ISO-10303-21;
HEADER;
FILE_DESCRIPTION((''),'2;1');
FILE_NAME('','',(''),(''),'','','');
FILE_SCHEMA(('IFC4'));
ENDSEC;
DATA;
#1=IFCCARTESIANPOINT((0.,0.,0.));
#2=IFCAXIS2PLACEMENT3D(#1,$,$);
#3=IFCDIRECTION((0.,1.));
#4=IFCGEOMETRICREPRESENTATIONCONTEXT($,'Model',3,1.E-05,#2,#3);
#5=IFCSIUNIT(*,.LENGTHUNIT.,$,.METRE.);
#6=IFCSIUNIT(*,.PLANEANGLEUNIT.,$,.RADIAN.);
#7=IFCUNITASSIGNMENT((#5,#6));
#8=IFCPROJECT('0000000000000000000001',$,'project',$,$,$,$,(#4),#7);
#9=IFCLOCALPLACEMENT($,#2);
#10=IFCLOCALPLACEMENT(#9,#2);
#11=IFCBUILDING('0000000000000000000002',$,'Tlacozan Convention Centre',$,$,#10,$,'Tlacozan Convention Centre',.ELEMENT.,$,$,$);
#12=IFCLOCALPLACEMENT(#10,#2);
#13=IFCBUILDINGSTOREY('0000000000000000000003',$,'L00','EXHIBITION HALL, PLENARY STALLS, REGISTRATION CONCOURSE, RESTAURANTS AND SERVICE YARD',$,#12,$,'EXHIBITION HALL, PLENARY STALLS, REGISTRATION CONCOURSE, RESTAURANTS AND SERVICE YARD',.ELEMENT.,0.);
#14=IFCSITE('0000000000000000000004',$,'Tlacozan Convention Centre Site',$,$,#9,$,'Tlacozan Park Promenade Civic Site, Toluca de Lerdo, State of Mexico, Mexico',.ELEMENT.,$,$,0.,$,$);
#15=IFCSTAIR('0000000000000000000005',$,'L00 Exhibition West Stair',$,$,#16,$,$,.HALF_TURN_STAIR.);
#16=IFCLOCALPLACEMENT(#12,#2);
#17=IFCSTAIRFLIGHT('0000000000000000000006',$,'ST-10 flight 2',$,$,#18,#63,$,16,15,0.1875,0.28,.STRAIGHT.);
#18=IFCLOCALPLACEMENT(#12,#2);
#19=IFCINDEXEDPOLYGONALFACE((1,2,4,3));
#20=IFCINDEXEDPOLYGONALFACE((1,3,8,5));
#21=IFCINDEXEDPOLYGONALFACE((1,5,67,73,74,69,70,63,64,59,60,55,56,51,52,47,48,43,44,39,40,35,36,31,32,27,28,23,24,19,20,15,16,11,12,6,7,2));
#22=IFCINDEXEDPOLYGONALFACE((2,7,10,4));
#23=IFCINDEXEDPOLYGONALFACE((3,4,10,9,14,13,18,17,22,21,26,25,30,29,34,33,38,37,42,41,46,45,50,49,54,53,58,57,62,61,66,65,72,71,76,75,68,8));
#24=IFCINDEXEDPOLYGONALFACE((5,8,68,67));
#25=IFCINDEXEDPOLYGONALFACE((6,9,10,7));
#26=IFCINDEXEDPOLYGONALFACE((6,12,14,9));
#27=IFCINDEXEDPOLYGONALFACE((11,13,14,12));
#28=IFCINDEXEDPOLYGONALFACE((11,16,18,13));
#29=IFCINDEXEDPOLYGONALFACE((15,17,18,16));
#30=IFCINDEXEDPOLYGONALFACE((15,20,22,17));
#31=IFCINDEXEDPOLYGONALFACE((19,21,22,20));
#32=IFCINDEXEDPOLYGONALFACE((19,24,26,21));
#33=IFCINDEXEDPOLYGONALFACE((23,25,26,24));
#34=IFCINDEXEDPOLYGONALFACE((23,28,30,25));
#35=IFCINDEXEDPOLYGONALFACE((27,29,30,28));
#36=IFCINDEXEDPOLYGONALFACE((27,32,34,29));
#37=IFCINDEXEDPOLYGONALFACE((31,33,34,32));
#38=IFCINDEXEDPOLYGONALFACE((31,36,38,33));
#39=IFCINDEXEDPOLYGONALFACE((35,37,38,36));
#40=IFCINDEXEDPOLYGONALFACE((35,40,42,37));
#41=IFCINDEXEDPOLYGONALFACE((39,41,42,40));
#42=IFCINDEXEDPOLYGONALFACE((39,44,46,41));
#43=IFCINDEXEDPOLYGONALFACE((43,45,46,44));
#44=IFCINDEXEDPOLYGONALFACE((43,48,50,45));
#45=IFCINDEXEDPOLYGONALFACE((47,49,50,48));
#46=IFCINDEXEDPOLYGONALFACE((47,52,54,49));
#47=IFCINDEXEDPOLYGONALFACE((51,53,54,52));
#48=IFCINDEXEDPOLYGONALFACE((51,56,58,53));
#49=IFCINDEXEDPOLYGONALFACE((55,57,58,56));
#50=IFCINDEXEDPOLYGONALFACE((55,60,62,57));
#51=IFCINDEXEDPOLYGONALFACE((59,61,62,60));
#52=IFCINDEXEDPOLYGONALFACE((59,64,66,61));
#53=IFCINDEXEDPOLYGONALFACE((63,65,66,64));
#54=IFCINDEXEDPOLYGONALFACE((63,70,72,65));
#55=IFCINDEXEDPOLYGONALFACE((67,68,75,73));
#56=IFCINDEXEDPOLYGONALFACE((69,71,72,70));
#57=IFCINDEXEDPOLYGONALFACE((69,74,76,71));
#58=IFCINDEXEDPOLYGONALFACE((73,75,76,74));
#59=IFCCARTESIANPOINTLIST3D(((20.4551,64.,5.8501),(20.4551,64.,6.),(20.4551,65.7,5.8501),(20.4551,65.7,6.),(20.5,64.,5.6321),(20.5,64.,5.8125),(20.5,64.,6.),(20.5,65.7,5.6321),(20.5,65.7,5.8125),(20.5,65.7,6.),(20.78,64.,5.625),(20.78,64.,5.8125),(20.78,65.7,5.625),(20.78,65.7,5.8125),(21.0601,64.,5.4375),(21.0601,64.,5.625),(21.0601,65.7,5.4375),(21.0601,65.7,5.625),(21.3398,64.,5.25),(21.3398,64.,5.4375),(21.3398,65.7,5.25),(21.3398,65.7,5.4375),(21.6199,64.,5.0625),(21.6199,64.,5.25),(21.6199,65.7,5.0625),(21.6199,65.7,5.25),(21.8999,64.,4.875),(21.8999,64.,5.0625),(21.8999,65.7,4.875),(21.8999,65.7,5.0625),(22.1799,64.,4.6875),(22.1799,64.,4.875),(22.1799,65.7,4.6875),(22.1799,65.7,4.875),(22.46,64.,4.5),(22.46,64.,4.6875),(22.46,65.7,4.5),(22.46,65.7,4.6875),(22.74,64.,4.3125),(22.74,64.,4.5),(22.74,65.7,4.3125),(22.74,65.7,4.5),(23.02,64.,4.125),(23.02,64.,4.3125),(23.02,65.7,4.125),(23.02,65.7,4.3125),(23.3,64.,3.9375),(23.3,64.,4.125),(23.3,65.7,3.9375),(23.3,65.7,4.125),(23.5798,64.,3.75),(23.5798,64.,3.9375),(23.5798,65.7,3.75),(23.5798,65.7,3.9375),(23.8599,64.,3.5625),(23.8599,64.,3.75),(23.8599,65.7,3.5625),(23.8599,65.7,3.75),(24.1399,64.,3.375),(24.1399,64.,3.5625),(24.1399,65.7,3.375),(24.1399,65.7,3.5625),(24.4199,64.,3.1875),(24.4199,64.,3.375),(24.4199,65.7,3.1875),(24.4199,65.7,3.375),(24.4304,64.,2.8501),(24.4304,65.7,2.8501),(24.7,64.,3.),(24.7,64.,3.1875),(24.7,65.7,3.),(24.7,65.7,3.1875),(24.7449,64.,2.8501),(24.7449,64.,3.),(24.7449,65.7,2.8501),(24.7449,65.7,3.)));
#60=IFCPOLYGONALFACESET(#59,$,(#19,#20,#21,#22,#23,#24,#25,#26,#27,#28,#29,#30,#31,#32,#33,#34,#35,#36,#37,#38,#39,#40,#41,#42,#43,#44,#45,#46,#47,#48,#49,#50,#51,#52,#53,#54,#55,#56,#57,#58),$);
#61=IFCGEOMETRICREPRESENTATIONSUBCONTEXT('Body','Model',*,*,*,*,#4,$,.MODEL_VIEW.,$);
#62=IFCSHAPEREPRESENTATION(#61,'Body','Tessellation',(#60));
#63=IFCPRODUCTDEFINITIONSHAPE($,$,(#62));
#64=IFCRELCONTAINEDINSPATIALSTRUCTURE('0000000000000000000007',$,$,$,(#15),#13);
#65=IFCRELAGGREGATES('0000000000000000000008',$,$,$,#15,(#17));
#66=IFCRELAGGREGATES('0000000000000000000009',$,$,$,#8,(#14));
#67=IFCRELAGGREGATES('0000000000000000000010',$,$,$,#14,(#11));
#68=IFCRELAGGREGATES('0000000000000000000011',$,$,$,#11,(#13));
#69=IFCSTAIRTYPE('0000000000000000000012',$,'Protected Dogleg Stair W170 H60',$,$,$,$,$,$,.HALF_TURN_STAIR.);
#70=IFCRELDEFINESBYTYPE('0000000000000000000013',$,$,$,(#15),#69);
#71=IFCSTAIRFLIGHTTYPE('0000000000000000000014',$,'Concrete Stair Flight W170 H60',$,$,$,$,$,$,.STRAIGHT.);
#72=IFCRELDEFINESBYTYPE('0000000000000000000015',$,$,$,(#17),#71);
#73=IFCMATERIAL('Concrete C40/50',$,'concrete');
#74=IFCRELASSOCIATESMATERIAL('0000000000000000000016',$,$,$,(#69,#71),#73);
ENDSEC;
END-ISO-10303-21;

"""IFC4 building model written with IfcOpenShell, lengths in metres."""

from ifc_helpers import new_model, si_unit, direction, frame, origin, place, context, subcontext, project, spatial, polyline, outline, extrude, material, type_object, element, aggregate, save


model = new_model("IFC4")

# Units and contexts
model_context = context("Model", 3, precision=1e-05, world=origin(), true_north=direction((0.0, 1.0)))
body_context = subcontext(model_context, "Body", "Model", "MODEL_VIEW")
ifc_project = project(units=[si_unit("LENGTHUNIT", "METRE"), si_unit("PLANEANGLEUNIT", "RADIAN")], contexts=[model_context])

# Site, building, storey
site_placement = place(None, origin())
site = spatial("IfcSite", under=ifc_project, at=site_placement, Name="Tlacozan Convention Centre Site", LongName="Tlacozan Park Promenade Civic Site, Toluca de Lerdo, State of Mexico, Mexico", CompositionType="ELEMENT", RefElevation=0.0)
building_placement = place(site_placement, origin())
building = spatial("IfcBuilding", under=site, at=building_placement, Name="Tlacozan Convention Centre", LongName="Tlacozan Convention Centre", CompositionType="ELEMENT")
storey_placement = place(building_placement, origin())
storey = spatial("IfcBuildingStorey", under=building, at=storey_placement, Name="L00", Description="EXHIBITION HALL, PLENARY STALLS, REGISTRATION CONCOURSE, RESTAURANTS AND SERVICE YARD", LongName="EXHIBITION HALL, PLENARY STALLS, REGISTRATION CONCOURSE, RESTAURANTS AND SERVICE YARD", CompositionType="ELEMENT", Elevation=0.0)

# Shared definitions
ifc_material_1 = material(Name="Concrete C40/50", Category="concrete")

# Stair, stair flight
stair_type = type_object("IfcStairType", Name="Protected Dogleg Stair W170 H60", PredefinedType="HALF_TURN_STAIR", material=ifc_material_1)
stair_placement = place(storey_placement, origin())
stair = element("IfcStair", 1, at=stair_placement, inside=storey, type_object=stair_type, Name="L00 Exhibition West Stair", PredefinedType="HALF_TURN_STAIR")
stair_flight_type = type_object("IfcStairFlightType", Name="Concrete Stair Flight W170 H60", PredefinedType="STRAIGHT", material=ifc_material_1)
stair_flight_1_placement = place(storey_placement, frame((24.7, 64.8501, 3.0), z_axis=(0.0, 0.0, 1.0), x_axis=(-1.0, 0.0, 0.0)))
stair_flight_1 = element("IfcStairFlight", 2, at=stair_flight_1_placement, type_object=stair_flight_type, Name="ST-10 flight 2", NumberOfRisers=16, NumberOfTreads=15, PredefinedType="STRAIGHT", RiserHeight=0.1875, TreadLength=0.28, context=body_context, shape_type="SweptSolid", body=[
    extrude(outline(polyline([(-0.0449, -0.1499), (-0.0449, 0.0), (0.0, 0.0), (0.0, 0.1875), (0.28, 0.1875), (0.28, 0.375), (0.5601, 0.375), (0.5601, 0.5625), (0.8401, 0.5625), (0.8401, 0.75), (1.1201, 0.75), (1.1201, 0.9375), (1.3999, 0.9375), (1.3999, 1.125), (1.6799, 1.125), (1.6799, 1.3125), (1.96, 1.3125), (1.96, 1.5), (2.24, 1.5), (2.24, 1.6875), (2.52, 1.6875), (2.52, 1.875), (2.8, 1.875), (2.8, 2.0625), (3.0801, 2.0625), (3.0801, 2.25), (3.3601, 2.25), (3.3601, 2.4375), (3.6399, 2.4375), (3.6399, 2.625), (3.9199, 2.625), (3.9199, 2.8125), (4.2, 2.8125), (4.2, 3.0), (4.2449, 3.0), (4.2449, 2.8501), (4.2, 2.6321), (0.2695, -0.1499), (-0.0449, -0.1499)])), frame((0.0, 0.8501, 0.0), z_axis=(0.0, -1.0, 0.0), x_axis=(1.0, 0.0, 0.0)), (0.0, 0.0, 1.0), 1.7),
])
aggregate(stair, [stair_flight_1])

save(model, "model.ifc")
